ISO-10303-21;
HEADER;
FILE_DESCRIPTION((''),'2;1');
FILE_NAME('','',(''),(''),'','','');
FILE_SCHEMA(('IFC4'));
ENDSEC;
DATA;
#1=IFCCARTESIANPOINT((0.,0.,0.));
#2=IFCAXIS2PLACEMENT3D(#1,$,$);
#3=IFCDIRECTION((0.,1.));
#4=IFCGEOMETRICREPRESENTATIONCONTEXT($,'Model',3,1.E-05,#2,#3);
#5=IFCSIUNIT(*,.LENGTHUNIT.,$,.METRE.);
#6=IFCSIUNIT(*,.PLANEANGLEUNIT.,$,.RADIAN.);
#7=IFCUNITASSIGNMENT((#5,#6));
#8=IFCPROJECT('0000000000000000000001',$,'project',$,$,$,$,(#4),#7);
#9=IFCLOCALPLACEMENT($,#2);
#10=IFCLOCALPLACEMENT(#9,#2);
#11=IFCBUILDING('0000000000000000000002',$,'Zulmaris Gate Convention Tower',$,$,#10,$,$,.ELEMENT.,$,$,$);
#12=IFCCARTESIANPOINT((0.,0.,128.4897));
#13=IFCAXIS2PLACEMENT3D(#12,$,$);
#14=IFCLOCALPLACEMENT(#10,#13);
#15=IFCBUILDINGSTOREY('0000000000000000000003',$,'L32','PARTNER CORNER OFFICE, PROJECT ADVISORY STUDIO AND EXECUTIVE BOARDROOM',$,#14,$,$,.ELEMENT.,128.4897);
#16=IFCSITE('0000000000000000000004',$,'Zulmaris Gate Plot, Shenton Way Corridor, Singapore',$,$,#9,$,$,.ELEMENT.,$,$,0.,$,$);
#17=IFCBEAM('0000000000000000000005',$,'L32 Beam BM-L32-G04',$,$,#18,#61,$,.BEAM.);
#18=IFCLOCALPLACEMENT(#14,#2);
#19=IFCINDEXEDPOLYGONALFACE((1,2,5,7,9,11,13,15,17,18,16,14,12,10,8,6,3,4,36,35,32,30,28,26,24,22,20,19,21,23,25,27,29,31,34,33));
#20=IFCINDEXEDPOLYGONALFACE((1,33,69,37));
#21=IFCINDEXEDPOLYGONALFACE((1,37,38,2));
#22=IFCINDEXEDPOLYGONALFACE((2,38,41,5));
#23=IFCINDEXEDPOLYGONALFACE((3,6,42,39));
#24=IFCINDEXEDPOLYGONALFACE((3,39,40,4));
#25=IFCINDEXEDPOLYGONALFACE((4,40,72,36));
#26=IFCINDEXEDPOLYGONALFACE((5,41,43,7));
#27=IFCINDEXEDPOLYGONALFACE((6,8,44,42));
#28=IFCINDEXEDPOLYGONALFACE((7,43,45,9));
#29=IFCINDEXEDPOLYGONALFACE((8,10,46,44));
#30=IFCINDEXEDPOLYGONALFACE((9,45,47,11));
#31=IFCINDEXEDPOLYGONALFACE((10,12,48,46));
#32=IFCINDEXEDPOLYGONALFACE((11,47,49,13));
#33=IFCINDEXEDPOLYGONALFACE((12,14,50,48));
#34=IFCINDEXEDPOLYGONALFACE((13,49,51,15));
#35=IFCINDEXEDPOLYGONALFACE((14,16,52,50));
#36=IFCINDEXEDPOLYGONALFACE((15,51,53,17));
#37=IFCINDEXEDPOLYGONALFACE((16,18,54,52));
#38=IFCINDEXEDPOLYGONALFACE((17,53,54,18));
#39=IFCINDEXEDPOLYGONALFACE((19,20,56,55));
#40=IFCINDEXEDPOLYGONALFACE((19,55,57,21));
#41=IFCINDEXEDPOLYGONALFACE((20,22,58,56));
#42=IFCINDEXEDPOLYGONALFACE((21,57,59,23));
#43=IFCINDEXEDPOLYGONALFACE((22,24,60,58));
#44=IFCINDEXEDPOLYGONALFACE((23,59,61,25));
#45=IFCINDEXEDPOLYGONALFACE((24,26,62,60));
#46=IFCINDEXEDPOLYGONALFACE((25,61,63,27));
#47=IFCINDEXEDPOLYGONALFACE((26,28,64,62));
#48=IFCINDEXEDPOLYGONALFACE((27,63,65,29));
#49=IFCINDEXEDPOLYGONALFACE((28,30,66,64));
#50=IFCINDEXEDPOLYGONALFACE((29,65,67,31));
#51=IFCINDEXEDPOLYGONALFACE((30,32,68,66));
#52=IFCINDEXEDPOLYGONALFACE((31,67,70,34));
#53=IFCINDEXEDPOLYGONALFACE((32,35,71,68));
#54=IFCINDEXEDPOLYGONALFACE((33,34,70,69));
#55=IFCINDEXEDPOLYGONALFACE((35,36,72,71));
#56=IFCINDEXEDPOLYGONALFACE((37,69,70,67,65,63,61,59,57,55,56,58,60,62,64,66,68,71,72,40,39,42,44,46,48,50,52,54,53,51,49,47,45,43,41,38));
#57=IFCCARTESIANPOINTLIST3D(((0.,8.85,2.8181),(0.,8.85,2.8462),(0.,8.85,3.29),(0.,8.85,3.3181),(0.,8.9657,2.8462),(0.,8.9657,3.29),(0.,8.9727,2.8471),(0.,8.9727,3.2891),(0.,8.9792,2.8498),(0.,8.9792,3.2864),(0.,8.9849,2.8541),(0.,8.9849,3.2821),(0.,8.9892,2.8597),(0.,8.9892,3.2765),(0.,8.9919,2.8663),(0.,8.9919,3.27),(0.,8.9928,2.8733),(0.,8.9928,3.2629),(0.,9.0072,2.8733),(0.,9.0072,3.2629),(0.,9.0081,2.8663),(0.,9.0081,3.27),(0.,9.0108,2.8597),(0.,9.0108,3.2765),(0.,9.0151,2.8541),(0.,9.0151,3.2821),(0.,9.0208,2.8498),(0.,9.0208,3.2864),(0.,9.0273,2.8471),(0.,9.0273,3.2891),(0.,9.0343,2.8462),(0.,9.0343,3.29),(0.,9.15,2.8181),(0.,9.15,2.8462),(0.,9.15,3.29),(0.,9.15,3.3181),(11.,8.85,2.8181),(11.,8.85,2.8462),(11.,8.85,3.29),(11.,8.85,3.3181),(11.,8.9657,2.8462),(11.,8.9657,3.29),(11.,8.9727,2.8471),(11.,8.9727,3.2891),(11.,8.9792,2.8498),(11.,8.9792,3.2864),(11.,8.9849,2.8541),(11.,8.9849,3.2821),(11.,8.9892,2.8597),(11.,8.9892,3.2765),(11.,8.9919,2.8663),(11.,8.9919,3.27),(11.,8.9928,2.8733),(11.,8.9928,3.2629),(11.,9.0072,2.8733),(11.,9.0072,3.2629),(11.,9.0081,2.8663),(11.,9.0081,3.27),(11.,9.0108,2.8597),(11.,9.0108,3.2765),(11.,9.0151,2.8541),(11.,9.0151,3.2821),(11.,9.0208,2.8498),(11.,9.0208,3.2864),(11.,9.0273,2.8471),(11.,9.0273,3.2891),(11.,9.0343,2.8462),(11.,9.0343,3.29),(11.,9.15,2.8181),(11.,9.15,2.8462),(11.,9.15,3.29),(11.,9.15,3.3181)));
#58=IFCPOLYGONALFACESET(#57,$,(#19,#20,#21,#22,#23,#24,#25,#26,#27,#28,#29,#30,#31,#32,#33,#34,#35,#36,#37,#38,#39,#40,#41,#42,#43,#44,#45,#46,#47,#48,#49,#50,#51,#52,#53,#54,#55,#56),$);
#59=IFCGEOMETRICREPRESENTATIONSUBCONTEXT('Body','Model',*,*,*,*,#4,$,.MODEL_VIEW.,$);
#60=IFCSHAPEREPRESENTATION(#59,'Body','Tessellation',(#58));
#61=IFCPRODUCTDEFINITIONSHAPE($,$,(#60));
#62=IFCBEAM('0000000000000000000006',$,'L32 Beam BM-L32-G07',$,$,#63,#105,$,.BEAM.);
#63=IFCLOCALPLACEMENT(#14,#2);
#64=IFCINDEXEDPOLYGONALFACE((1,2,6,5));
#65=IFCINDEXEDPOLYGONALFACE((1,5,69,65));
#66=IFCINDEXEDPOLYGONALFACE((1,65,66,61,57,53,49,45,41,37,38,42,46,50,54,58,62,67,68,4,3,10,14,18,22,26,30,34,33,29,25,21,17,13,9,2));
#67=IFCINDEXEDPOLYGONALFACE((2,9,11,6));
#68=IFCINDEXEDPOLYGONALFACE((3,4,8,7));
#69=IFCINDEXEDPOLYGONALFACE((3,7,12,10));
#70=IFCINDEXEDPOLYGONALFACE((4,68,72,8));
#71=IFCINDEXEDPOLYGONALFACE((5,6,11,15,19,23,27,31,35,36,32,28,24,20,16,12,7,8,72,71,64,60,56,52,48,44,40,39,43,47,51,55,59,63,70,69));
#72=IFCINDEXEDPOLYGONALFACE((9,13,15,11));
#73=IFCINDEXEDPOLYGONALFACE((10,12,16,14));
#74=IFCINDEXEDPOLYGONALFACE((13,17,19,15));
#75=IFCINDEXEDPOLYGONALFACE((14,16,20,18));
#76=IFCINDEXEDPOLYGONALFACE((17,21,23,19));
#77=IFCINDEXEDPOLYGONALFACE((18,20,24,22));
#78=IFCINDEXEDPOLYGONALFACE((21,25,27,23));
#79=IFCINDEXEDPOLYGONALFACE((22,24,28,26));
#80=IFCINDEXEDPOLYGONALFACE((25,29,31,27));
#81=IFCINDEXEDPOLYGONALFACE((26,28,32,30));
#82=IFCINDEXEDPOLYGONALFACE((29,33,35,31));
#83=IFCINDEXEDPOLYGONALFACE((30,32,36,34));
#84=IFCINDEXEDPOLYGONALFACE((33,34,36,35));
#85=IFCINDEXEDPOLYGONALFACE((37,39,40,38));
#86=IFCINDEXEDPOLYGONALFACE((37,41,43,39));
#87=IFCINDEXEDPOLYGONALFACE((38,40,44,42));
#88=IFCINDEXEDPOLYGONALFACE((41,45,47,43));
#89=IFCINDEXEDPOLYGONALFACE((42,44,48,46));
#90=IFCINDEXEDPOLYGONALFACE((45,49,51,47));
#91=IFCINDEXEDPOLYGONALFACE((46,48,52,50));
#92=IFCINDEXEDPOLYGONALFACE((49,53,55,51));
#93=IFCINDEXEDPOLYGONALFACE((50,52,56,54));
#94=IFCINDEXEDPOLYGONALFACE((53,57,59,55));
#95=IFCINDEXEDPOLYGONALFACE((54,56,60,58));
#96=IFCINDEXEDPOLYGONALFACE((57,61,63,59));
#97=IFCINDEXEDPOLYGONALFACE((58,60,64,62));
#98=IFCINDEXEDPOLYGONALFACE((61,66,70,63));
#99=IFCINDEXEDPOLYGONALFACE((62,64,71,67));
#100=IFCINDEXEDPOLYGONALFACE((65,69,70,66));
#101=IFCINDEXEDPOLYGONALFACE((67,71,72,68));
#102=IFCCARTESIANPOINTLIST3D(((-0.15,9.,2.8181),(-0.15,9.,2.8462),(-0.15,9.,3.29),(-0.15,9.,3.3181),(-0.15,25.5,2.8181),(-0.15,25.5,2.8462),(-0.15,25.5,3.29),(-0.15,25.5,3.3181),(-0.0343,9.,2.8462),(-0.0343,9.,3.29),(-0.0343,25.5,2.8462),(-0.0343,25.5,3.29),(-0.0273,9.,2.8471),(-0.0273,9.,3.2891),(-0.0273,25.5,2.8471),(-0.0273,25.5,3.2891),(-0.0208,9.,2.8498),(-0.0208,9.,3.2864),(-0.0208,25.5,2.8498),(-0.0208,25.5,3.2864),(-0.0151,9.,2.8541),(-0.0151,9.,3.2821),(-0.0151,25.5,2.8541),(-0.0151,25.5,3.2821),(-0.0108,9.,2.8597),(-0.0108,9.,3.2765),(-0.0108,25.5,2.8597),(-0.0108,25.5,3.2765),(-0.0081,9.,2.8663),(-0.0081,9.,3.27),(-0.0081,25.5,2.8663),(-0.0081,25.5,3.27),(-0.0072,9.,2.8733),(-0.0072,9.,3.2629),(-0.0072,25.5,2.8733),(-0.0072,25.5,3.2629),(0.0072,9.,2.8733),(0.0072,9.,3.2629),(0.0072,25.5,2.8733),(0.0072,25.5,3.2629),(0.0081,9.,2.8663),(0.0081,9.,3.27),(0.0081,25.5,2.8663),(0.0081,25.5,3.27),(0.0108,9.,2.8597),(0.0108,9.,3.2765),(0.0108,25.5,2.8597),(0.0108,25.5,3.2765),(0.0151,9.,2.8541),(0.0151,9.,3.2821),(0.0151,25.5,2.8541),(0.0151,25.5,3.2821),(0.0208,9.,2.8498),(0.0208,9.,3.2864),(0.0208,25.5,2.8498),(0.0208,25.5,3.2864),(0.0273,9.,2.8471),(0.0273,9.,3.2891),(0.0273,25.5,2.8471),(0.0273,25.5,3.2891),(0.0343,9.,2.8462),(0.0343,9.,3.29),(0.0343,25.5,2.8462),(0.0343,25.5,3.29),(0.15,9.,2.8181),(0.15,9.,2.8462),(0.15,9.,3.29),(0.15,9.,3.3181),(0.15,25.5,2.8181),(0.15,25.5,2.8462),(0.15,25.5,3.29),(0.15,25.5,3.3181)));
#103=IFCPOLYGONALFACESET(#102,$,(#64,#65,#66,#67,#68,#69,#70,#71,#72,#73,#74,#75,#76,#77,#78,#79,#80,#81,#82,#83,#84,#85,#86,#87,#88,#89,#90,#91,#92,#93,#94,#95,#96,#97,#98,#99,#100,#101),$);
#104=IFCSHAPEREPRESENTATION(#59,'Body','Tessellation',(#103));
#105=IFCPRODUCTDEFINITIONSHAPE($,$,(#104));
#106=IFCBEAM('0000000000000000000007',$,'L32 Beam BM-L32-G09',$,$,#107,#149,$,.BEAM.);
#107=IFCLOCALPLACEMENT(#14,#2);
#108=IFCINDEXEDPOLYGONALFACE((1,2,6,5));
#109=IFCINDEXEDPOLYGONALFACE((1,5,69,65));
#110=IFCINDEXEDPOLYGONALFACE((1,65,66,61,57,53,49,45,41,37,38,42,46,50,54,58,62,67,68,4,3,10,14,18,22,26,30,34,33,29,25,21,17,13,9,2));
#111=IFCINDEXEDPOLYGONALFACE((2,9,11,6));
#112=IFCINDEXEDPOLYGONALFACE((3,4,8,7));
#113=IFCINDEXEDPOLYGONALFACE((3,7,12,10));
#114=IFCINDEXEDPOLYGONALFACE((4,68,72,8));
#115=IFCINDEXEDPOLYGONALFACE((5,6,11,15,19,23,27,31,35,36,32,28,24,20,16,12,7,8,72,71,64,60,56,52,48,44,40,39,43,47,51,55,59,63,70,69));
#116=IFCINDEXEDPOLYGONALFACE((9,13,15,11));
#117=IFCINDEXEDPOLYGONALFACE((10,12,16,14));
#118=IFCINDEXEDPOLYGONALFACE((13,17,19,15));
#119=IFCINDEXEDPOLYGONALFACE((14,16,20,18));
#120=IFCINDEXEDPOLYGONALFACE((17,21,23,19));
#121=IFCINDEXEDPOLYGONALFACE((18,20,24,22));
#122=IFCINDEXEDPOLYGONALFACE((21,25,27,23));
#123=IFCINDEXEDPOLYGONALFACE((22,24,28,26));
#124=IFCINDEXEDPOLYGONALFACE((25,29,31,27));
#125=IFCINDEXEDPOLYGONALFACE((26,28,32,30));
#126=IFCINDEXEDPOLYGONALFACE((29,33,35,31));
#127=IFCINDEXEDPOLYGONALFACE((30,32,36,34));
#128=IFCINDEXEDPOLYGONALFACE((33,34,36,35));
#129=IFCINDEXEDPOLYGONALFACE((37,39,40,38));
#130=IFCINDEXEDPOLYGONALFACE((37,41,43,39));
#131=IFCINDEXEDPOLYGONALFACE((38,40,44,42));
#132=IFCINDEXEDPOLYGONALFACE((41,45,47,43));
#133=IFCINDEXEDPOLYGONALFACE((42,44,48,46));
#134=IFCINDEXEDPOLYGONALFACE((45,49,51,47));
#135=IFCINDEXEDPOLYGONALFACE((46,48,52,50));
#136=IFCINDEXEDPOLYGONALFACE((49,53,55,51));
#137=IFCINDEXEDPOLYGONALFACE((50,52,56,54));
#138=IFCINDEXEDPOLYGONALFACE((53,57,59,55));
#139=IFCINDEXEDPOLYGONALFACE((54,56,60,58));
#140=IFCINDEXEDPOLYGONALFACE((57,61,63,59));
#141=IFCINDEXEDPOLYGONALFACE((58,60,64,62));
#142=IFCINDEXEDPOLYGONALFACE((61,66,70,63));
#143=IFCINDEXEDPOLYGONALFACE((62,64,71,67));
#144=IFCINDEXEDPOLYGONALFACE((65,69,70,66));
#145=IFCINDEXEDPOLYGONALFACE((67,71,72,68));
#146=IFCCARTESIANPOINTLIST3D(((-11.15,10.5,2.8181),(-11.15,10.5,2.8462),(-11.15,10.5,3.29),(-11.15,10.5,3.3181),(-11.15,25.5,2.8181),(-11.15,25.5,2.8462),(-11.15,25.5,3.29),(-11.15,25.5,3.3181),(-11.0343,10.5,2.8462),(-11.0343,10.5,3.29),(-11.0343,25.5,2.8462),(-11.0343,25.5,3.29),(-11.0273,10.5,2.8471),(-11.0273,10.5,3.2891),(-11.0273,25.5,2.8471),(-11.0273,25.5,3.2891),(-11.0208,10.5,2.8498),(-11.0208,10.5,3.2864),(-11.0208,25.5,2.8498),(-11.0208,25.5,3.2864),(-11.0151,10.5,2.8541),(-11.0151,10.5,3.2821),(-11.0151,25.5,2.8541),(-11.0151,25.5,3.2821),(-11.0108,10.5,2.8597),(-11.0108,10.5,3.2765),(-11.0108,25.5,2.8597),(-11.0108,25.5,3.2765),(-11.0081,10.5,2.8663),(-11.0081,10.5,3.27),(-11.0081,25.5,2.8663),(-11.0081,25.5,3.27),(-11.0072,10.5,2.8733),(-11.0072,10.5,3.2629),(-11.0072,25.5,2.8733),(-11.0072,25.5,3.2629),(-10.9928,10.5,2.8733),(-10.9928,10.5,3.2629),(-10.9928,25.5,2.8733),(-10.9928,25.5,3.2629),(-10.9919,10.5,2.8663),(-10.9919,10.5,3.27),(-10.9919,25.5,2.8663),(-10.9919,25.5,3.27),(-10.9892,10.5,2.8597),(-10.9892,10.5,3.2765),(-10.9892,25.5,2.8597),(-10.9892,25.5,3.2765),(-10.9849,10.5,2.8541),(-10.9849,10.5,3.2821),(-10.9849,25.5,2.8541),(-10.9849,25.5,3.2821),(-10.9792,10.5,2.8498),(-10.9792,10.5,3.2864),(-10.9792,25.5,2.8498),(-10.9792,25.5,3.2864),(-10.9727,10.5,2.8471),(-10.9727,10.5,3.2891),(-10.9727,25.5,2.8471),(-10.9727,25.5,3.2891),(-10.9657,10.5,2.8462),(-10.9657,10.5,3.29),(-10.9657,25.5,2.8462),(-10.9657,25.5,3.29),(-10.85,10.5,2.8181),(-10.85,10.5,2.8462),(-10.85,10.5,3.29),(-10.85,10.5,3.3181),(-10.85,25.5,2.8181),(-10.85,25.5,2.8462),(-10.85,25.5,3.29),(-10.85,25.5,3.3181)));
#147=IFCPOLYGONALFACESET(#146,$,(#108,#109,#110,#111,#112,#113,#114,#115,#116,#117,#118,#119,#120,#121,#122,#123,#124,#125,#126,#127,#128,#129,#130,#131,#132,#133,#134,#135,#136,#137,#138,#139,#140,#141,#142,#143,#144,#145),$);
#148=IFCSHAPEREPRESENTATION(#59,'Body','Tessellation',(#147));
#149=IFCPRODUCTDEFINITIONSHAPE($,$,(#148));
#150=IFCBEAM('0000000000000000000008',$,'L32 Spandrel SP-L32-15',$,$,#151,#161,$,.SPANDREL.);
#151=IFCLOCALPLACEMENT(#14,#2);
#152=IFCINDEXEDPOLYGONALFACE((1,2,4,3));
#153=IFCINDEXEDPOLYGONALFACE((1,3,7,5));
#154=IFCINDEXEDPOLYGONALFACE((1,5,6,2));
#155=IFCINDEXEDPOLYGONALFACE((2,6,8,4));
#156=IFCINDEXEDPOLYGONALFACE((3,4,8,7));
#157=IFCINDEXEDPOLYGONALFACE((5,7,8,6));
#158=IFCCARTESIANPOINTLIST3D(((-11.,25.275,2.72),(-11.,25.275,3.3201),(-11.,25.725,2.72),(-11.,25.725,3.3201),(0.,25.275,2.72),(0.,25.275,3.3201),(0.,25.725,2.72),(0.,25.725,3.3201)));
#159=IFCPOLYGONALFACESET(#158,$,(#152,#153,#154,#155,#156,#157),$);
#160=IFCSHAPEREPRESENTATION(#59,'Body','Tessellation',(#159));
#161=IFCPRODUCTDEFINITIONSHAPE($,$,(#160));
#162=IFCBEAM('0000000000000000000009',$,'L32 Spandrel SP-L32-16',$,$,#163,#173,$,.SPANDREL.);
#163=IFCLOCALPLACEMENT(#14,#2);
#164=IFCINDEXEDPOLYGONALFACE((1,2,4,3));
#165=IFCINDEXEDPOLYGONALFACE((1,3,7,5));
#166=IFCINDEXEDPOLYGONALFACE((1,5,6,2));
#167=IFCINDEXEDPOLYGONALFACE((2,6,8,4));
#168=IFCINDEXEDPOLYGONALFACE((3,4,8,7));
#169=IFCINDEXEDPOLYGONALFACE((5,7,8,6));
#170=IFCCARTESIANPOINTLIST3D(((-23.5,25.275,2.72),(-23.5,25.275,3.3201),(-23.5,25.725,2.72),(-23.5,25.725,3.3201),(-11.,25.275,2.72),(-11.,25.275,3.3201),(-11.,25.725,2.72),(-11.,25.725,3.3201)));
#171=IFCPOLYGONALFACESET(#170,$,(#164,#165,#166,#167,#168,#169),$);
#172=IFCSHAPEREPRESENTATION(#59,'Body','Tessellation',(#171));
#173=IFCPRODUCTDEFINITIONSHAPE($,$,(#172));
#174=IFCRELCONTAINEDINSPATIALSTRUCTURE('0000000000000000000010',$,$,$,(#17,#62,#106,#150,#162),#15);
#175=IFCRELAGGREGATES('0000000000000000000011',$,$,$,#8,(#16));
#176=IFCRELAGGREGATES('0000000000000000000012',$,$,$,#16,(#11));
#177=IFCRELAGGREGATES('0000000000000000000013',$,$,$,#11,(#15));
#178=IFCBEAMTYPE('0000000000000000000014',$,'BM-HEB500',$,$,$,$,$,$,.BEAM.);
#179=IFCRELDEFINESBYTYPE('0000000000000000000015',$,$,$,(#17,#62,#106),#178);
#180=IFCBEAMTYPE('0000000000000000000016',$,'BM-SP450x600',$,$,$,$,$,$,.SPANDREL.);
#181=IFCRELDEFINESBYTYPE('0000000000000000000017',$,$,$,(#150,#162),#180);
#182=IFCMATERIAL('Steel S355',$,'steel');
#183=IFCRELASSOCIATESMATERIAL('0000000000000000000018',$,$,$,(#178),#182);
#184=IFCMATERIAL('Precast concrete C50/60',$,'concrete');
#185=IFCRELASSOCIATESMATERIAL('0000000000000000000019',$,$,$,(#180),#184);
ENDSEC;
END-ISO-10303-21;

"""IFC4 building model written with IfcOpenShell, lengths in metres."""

from ifc_helpers import new_model, si_unit, direction, frame, origin, origin_2d, place, context, subcontext, project, spatial, rectangle, i_section, extrude, material, material_profile, profile_set, type_object, element, save


model = new_model("IFC4")

# Units and contexts
model_context = context("Model", 3, precision=1e-05, world=origin(), true_north=direction((0.0, 1.0)))
body_context = subcontext(model_context, "Body", "Model", "MODEL_VIEW")
ifc_project = project(units=[si_unit("LENGTHUNIT", "METRE"), si_unit("PLANEANGLEUNIT", "RADIAN")], contexts=[model_context])

# Site, building, storey
site_placement = place(None, origin())
site = spatial("IfcSite", under=ifc_project, at=site_placement, Name="Zulmaris Gate Plot, Shenton Way Corridor, Singapore", CompositionType="ELEMENT", RefElevation=0.0)
building_placement = place(site_placement, origin())
building = spatial("IfcBuilding", under=site, at=building_placement, Name="Zulmaris Gate Convention Tower", CompositionType="ELEMENT")
storey_placement = place(building_placement, frame((0.0, 0.0, 128.4897)))
storey = spatial("IfcBuildingStorey", under=building, at=storey_placement, Name="L32", Description="PARTNER CORNER OFFICE, PROJECT ADVISORY STUDIO AND EXECUTIVE BOARDROOM", CompositionType="ELEMENT", Elevation=128.4897)

# Beams
ifc_material_1 = material(Name="Steel S355", Category="steel")
ifc_material_profile_1 = material_profile(ifc_material_1, i_section(OverallWidth=0.3, OverallDepth=0.5, WebThickness=0.0144, FlangeThickness=0.0281, FilletRadius=0.0271, at=origin_2d()), Name="HEB 500")
ifc_profile_set_1 = profile_set([ifc_material_profile_1], Name="Steel S355")
beam_type_1 = type_object("IfcBeamType", Name="BM-HEB500", PredefinedType="BEAM", material=ifc_profile_set_1)
for number, where, z_axis, x_axis, name in (
    (1, (0.0, 9.0, 3.0681), (1.0, 0.0, 0.0), (0.0, 1.0, 0.0), "L32 Beam BM-L32-G04"),
):
    element("IfcBeam", number, at=place(storey_placement, frame(where, z_axis=z_axis, x_axis=x_axis)), inside=storey, type_object=beam_type_1, Name=name, PredefinedType="BEAM", context=body_context, shape_type="SweptSolid", body=[
        extrude(i_section(OverallWidth=0.3, OverallDepth=0.5, WebThickness=0.0144, FlangeThickness=0.0281, FilletRadius=0.0271, at=origin_2d()), origin(), (0.0, 0.0, 1.0), 11.0),
    ])
beam_1_placement = place(storey_placement, frame((0.0, 9.0, 3.0681), z_axis=(0.0, 1.0, 0.0), x_axis=(-1.0, 0.0, 0.0)))
element("IfcBeam", 2, at=beam_1_placement, inside=storey, type_object=beam_type_1, Name="L32 Beam BM-L32-G07", PredefinedType="BEAM", context=body_context, shape_type="SweptSolid", body=[
    extrude(i_section(OverallWidth=0.3, OverallDepth=0.5, WebThickness=0.0144, FlangeThickness=0.0281, FilletRadius=0.0271, at=origin_2d()), origin(), (0.0, 0.0, 1.0), 16.5),
])
beam_2_placement = place(storey_placement, frame((-11.0, 10.5, 3.0681), z_axis=(0.0, 1.0, 0.0), x_axis=(-1.0, 0.0, 0.0)))
element("IfcBeam", 3, at=beam_2_placement, inside=storey, type_object=beam_type_1, Name="L32 Beam BM-L32-G09", PredefinedType="BEAM", context=body_context, shape_type="SweptSolid", body=[
    extrude(i_section(OverallWidth=0.3, OverallDepth=0.5, WebThickness=0.0144, FlangeThickness=0.0281, FilletRadius=0.0271, at=origin_2d()), origin(), (0.0, 0.0, 1.0), 15.0),
])
ifc_material_2 = material(Name="Precast concrete C50/60", Category="concrete")
ifc_material_profile_2 = material_profile(ifc_material_2, rectangle(XDim=0.45, YDim=0.6001, at=origin_2d()), Name="RC SPANDREL 450x600")
ifc_profile_set_2 = profile_set([ifc_material_profile_2], Name="Precast concrete C50/60")
beam_type_2 = type_object("IfcBeamType", Name="BM-SP450x600", PredefinedType="SPANDREL", material=ifc_profile_set_2)
beam_3_placement = place(storey_placement, frame((0.0, 25.5, 3.02), z_axis=(-1.0, 0.0, 0.0), x_axis=(0.0, -1.0, 0.0)))
element("IfcBeam", 4, at=beam_3_placement, inside=storey, type_object=beam_type_2, Name="L32 Spandrel SP-L32-15", PredefinedType="SPANDREL", context=body_context, shape_type="SweptSolid", body=[
    extrude(rectangle(XDim=0.45, YDim=0.6001, at=origin_2d()), origin(), (0.0, 0.0, 1.0), 11.0),
])
beam_4_placement = place(storey_placement, frame((-11.0, 25.5, 3.02), z_axis=(-1.0, 0.0, 0.0), x_axis=(0.0, -1.0, 0.0)))
element("IfcBeam", 5, at=beam_4_placement, inside=storey, type_object=beam_type_2, Name="L32 Spandrel SP-L32-16", PredefinedType="SPANDREL", context=body_context, shape_type="SweptSolid", body=[
    extrude(rectangle(XDim=0.45, YDim=0.6001, at=origin_2d()), origin(), (0.0, 0.0, 1.0), 12.5),
])

save(model, "model.ifc")
